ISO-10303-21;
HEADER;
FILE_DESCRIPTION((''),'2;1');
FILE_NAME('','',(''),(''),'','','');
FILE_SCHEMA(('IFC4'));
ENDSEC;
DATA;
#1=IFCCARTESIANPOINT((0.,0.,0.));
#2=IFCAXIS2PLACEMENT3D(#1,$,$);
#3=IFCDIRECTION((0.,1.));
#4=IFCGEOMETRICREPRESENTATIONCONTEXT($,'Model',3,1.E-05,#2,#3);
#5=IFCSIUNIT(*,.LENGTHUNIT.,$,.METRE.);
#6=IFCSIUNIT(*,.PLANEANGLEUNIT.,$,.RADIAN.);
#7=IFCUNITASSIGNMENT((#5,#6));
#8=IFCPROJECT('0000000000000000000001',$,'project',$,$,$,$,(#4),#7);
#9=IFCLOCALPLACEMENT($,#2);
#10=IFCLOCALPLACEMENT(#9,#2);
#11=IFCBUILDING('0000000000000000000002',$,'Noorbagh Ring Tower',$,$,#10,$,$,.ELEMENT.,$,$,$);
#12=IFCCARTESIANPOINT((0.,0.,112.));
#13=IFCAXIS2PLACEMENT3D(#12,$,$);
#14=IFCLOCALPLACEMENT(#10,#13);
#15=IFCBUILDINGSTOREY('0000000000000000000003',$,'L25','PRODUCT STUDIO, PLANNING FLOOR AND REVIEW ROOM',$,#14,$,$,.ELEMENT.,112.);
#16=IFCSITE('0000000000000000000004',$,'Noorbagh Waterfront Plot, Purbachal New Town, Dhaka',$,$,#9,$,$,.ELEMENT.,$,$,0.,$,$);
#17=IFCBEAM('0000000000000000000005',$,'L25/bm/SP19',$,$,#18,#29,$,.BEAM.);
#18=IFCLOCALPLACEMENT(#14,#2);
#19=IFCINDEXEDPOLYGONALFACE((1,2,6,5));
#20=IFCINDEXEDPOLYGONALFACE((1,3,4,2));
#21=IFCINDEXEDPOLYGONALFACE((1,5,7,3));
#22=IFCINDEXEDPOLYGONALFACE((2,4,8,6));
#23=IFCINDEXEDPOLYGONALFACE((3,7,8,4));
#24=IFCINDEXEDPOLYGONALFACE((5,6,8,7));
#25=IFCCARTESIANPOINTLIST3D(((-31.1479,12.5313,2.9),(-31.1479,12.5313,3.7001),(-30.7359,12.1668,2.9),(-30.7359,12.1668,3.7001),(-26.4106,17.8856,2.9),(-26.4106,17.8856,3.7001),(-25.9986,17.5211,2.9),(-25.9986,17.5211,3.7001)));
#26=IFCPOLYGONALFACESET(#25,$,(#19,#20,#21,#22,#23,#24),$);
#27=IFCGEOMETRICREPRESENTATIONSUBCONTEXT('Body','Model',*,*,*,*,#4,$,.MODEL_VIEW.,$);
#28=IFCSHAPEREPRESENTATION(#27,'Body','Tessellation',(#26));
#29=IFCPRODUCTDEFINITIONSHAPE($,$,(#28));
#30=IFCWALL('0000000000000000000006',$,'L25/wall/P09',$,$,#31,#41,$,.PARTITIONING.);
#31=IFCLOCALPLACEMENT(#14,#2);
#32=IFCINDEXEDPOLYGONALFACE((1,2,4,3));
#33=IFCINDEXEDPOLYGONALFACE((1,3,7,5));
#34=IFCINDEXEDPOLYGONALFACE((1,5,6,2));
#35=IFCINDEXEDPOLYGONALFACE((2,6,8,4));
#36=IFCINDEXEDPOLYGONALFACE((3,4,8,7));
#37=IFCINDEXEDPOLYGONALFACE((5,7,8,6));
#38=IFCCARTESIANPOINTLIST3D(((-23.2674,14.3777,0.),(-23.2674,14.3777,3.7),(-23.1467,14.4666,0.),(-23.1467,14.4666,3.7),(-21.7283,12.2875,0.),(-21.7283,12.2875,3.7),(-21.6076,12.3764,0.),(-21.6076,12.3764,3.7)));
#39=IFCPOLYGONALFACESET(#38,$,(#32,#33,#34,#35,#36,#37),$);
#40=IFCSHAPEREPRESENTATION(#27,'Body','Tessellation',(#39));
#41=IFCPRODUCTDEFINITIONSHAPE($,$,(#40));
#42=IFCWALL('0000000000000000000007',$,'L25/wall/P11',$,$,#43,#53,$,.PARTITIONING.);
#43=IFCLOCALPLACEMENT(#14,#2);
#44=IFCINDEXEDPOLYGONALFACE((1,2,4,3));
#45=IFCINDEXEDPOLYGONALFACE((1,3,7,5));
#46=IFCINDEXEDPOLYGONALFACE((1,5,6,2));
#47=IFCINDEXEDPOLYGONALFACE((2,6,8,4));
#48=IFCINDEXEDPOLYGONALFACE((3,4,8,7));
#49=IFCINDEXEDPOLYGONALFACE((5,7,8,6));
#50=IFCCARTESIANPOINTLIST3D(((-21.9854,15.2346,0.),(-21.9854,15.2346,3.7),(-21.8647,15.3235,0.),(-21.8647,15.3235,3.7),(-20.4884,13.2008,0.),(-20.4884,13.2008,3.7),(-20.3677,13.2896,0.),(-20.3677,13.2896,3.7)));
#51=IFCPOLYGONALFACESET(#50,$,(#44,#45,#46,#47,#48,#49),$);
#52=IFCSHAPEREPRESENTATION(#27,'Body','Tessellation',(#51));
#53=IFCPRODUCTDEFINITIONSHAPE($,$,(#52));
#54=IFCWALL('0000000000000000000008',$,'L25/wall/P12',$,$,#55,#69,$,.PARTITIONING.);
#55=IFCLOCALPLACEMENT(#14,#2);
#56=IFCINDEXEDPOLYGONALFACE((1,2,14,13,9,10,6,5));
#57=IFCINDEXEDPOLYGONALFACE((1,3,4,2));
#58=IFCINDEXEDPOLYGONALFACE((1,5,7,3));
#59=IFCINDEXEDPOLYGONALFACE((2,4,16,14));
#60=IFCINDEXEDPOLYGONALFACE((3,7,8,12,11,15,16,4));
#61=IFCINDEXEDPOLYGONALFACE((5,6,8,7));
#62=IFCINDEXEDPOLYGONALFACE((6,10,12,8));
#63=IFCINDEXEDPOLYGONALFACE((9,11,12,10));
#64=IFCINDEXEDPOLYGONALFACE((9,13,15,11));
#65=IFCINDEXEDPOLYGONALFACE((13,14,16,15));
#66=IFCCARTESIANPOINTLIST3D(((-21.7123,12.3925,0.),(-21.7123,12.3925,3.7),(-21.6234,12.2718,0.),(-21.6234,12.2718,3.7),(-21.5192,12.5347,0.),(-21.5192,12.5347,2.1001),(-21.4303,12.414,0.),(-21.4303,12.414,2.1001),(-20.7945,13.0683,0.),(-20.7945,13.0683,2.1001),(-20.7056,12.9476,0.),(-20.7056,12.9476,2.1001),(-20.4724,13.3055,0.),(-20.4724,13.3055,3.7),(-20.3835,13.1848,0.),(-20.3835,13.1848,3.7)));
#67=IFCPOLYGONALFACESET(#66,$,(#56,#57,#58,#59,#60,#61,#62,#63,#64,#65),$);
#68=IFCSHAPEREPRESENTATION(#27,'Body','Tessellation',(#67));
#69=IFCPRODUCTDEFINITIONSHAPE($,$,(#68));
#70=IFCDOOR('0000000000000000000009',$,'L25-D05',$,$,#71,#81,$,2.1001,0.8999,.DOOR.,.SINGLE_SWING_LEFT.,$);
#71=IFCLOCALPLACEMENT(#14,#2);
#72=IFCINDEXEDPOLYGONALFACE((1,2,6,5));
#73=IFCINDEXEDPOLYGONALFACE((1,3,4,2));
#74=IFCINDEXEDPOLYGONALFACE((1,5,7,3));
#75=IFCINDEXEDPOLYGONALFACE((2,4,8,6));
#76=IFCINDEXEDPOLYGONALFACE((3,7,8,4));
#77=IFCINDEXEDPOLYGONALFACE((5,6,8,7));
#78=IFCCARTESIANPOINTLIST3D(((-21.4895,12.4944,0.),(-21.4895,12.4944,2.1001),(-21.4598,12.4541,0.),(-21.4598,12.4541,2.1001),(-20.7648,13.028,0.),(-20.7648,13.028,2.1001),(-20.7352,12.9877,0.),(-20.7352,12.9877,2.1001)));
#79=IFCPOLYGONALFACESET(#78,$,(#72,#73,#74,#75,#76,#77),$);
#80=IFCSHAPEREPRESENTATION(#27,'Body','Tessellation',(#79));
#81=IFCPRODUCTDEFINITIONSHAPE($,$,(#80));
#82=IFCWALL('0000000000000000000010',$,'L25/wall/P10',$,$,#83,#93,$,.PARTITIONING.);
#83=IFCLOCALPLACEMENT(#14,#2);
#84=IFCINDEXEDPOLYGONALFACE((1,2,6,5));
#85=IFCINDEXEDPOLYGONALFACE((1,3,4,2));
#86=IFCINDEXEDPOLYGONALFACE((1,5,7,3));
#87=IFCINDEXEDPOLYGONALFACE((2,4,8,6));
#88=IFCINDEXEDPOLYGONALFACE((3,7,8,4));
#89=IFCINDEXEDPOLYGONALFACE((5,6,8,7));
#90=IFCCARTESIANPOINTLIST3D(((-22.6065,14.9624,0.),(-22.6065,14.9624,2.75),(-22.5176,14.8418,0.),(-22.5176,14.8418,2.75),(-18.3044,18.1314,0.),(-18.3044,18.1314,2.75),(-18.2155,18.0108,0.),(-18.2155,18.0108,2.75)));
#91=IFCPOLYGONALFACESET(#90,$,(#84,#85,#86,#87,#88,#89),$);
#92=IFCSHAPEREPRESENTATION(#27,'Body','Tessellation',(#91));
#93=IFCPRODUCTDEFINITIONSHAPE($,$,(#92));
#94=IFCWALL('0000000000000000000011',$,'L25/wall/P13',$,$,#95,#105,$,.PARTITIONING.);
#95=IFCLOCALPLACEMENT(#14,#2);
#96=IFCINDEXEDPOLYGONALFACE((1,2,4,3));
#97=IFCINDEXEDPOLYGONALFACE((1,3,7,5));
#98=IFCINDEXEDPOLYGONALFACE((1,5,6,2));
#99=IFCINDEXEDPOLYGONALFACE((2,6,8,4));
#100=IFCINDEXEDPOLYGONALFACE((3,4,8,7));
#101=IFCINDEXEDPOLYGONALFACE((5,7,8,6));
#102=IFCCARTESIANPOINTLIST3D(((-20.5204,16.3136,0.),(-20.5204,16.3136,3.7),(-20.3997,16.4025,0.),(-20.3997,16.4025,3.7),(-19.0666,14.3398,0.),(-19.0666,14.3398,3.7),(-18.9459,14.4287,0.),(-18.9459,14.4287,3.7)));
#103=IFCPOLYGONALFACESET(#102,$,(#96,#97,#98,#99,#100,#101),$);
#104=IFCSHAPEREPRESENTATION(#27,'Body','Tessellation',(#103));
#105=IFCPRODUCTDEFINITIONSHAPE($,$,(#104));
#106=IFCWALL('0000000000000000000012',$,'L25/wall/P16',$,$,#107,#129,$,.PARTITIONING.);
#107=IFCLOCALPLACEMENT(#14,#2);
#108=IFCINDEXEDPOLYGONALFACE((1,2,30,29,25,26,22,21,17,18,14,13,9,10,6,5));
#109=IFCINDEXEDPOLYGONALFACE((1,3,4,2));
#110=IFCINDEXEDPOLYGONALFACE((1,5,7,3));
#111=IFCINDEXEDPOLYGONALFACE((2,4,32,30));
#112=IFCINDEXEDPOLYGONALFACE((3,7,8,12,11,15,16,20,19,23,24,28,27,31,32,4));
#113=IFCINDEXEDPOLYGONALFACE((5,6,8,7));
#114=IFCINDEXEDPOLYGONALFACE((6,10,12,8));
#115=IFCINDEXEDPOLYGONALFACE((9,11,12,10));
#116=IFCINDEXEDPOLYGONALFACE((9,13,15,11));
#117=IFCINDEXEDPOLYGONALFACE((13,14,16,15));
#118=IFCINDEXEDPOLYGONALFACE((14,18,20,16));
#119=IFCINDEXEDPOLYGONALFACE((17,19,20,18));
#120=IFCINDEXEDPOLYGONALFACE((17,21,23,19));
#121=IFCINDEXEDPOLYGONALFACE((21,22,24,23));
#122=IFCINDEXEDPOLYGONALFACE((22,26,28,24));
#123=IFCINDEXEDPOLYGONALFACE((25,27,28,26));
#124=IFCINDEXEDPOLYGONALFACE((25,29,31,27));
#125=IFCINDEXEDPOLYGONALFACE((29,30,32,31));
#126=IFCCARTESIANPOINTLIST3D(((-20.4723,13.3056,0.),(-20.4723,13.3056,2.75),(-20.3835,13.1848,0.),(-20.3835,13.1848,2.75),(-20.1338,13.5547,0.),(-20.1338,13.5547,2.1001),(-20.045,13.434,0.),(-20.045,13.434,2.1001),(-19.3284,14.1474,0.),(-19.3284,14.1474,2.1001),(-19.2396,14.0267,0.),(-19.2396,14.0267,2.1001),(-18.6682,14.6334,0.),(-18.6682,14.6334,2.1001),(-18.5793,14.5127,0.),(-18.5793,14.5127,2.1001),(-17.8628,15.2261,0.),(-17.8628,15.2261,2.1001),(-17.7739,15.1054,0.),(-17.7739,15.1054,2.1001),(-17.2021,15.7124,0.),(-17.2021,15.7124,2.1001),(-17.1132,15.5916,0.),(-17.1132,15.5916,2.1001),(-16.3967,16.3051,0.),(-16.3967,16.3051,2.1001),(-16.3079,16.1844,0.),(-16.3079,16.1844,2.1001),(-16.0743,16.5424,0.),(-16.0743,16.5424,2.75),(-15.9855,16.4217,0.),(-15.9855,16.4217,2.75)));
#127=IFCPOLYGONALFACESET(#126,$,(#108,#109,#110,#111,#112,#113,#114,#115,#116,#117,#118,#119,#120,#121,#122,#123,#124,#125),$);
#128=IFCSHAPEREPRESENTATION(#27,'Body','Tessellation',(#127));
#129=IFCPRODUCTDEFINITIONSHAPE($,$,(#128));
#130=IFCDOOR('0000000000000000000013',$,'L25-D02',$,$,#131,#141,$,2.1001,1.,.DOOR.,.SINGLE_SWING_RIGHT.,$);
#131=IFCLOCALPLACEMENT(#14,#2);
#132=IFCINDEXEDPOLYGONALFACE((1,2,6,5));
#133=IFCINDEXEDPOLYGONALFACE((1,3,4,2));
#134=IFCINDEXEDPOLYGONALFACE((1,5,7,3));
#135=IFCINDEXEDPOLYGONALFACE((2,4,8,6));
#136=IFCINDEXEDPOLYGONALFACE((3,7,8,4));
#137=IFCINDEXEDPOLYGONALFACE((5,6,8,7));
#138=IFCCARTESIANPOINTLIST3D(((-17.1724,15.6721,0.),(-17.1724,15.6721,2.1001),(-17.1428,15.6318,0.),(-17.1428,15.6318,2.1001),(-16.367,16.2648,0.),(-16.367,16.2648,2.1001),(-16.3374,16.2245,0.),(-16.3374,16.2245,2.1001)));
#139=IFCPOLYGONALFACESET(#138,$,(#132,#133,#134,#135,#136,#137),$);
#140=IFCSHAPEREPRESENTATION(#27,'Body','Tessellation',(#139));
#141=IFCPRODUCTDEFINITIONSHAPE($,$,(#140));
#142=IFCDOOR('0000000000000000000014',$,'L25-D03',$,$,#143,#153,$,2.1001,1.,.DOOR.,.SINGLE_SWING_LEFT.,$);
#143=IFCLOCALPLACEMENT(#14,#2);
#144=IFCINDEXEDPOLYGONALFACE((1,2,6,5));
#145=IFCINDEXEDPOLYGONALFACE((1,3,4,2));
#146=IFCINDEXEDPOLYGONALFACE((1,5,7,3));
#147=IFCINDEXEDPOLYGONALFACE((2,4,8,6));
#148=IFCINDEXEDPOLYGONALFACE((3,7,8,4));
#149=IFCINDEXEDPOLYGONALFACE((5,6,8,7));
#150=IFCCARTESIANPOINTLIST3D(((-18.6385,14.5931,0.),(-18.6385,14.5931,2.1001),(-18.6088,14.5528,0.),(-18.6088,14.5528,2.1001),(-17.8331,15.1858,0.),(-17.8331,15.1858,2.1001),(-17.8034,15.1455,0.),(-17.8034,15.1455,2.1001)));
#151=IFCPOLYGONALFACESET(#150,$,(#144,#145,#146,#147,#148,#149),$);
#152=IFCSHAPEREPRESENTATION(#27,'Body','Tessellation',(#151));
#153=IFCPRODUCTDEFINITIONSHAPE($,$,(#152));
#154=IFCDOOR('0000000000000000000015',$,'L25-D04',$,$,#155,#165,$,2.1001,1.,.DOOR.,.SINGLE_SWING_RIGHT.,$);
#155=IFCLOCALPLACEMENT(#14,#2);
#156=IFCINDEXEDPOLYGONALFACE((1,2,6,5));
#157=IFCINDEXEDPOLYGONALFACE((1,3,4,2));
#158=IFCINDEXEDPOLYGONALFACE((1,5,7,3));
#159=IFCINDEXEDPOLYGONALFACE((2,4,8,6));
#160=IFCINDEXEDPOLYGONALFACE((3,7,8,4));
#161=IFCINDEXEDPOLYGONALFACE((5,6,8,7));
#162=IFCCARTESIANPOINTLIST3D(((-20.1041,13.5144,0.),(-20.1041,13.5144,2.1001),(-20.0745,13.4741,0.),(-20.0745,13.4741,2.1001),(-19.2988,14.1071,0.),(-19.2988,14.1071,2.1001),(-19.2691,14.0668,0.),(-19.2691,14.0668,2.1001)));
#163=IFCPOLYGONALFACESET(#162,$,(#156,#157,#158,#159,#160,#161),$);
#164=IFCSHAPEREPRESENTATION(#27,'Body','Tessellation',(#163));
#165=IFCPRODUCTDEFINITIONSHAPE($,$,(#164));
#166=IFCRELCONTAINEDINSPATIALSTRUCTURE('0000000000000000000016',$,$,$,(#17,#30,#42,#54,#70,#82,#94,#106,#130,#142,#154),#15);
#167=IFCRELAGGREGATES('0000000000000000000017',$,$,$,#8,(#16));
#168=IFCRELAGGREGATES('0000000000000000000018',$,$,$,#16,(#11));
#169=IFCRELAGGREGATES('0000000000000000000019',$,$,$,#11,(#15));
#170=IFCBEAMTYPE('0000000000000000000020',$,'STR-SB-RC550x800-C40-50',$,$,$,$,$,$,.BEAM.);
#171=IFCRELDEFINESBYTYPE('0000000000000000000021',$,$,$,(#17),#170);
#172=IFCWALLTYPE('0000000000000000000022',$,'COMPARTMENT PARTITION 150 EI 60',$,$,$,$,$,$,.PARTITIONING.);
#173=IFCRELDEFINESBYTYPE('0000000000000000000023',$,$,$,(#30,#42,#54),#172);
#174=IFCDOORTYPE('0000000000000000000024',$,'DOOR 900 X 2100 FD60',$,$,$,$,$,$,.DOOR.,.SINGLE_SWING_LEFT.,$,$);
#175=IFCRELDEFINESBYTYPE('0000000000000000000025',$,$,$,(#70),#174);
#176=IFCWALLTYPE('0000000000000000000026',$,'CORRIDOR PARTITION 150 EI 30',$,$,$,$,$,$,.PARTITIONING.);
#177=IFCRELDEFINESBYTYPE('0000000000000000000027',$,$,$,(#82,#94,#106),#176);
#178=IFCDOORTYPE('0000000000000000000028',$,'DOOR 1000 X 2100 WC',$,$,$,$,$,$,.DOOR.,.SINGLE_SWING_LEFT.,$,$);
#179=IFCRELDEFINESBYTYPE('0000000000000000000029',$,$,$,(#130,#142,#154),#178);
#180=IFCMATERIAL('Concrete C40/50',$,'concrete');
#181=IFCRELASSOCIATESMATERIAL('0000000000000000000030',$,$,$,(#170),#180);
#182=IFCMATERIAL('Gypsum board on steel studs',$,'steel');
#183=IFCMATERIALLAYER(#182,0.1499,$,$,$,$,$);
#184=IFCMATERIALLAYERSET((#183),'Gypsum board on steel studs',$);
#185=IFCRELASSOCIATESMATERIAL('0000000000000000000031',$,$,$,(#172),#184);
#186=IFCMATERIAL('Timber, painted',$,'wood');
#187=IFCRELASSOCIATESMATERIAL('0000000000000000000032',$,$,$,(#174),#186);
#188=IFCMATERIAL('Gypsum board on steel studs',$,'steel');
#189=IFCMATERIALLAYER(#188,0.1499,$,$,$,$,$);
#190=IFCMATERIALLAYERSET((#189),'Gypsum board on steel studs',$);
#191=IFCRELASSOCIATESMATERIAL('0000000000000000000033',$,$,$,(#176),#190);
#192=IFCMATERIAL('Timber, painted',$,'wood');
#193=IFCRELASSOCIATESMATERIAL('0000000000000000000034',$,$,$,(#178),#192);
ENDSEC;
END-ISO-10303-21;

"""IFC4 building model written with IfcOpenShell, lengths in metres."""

from ifc_helpers import new_model, si_unit, direction, frame, frame_2d, origin, origin_2d, place, context, subcontext, project, spatial, rectangle, extrude, material, layer, layer_set, material_profile, profile_set, type_object, element, fill, save


model = new_model("IFC4")

# Units and contexts
model_context = context("Model", 3, precision=1e-05, world=origin(), true_north=direction((0.0, 1.0)))
body_context = subcontext(model_context, "Body", "Model", "MODEL_VIEW")
ifc_project = project(units=[si_unit("LENGTHUNIT", "METRE"), si_unit("PLANEANGLEUNIT", "RADIAN")], contexts=[model_context])

# Site, building, storey
site_placement = place(None, origin())
site = spatial("IfcSite", under=ifc_project, at=site_placement, Name="Noorbagh Waterfront Plot, Purbachal New Town, Dhaka", CompositionType="ELEMENT", RefElevation=0.0)
building_placement = place(site_placement, origin())
building = spatial("IfcBuilding", under=site, at=building_placement, Name="Noorbagh Ring Tower", CompositionType="ELEMENT")
storey_placement = place(building_placement, frame((0.0, 0.0, 112.0)))
storey = spatial("IfcBuildingStorey", under=building, at=storey_placement, Name="L25", Description="PRODUCT STUDIO, PLANNING FLOOR AND REVIEW ROOM", CompositionType="ELEMENT", Elevation=112.0)

# Beam
ifc_material_1 = material(Name="Concrete C40/50", Category="concrete")
ifc_material_profile_1 = material_profile(ifc_material_1, rectangle(XDim=0.55, YDim=0.8, at=origin_2d()), Name="RC550x800")
ifc_profile_set_1 = profile_set([ifc_material_profile_1], Name="Concrete C40/50")
beam_type_1 = type_object("IfcBeamType", Name="STR-SB-RC550x800-C40-50", PredefinedType="BEAM", material=ifc_profile_set_1)
beam_1_placement = place(storey_placement, frame((-26.2046, 17.7034, 3.3), z_axis=(-0.662641, -0.748937, 0.0), x_axis=(0.748937, -0.662641, 0.0)))
element("IfcBeam", 1, at=beam_1_placement, inside=storey, type_object=beam_type_1, Name="L25/bm/SP19", PredefinedType="BEAM", context=body_context, shape_type="SweptSolid", body=[
    extrude(rectangle(XDim=0.55, YDim=0.8, at=origin_2d()), origin(), (0.0, 0.0, 1.0), 7.1492),
])

# Walls
ifc_material_2 = material(Name="Gypsum board on steel studs", Category="steel")
ifc_layer_1 = layer(ifc_material_2, 0.1499)
ifc_layer_set_1 = layer_set([ifc_layer_1], Name="Gypsum board on steel studs")
wall_type_1 = type_object("IfcWallType", Name="COMPARTMENT PARTITION 150 EI 60", PredefinedType="PARTITIONING", material=ifc_layer_set_1)
wall_1_placement = place(storey_placement, frame((-23.207, 14.4221, 0.0), z_axis=(0.0, 0.0, 1.0), x_axis=(0.592949, -0.80524, 0.0)))
element("IfcWall", 2, at=wall_1_placement, inside=storey, type_object=wall_type_1, Name="L25/wall/P09", PredefinedType="PARTITIONING", context=body_context, shape_type="SweptSolid", body=[
    extrude(rectangle(XDim=2.5957, YDim=0.1499, at=frame_2d((1.2979, 0.0))), origin(), (0.0, 0.0, 1.0), 3.7),
])
wall_2_placement = place(storey_placement, frame((-21.925, 15.2791, 0.0), z_axis=(0.0, 0.0, 1.0), x_axis=(0.592783, -0.805362, 0.0)))
element("IfcWall", 3, at=wall_2_placement, inside=storey, type_object=wall_type_1, Name="L25/wall/P11", PredefinedType="PARTITIONING", context=body_context, shape_type="SweptSolid", body=[
    extrude(rectangle(XDim=2.5254, YDim=0.1499, at=frame_2d((1.2627, 0.0))), origin(), (0.0, 0.0, 1.0), 3.7),
])

# Wall, opening, door
wall_3_placement = place(storey_placement, frame((-21.668, 12.332, 0.0), z_axis=(0.0, 0.0, 1.0), x_axis=(0.805239, 0.59295, 0.0)))
wall_3 = element("IfcWall", 4, at=wall_3_placement, inside=storey, type_object=wall_type_1, Name="L25/wall/P12", PredefinedType="PARTITIONING", context=body_context, shape_type="SweptSolid", body=[
    extrude(rectangle(XDim=1.5398, YDim=0.1499, at=frame_2d((0.77, 0.0))), origin(), (0.0, 0.0, 1.0), 3.7),
])
opening_1_placement = place(wall_3_placement, frame((0.24, 0.0, 0.0)))
opening_1 = element("IfcOpeningElement", 5, at=opening_1_placement, cuts=wall_3, PredefinedType="OPENING", context=body_context, shape_type="SweptSolid", body=[
    extrude(rectangle(XDim=0.8999, YDim=2.1001, at=frame_2d((0.45, 1.05))), frame((0.0, 0.085, 0.0), z_axis=(0.0, -1.0, 0.0), x_axis=(1.0, 0.0, 0.0)), (0.0, 0.0, 1.0), 0.1699),
])
ifc_material_3 = material(Name="Timber, painted", Category="wood")
door_type_1 = type_object("IfcDoorType", Name="DOOR 900 X 2100 FD60", OperationType="SINGLE_SWING_LEFT", PredefinedType="DOOR", material=ifc_material_3)
door_1_placement = place(opening_1_placement, origin())
door_1 = element("IfcDoor", 6, at=door_1_placement, inside=storey, type_object=door_type_1, Name="L25-D05", OperationType="SINGLE_SWING_LEFT", OverallHeight=2.1001, OverallWidth=0.8999, PredefinedType="DOOR", context=body_context, shape_type="SweptSolid", body=[
    extrude(rectangle(XDim=0.8999, YDim=2.1001, at=frame_2d((0.45, 1.05))), frame((0.0, 0.0249, 0.0), z_axis=(0.0, -1.0, 0.0), x_axis=(1.0, 0.0, 0.0)), (0.0, 0.0, 1.0), 0.05),
])
fill(opening_1, door_1)

# Walls
ifc_material_4 = material(Name="Gypsum board on steel studs", Category="steel")
ifc_layer_2 = layer(ifc_material_4, 0.1499)
ifc_layer_set_2 = layer_set([ifc_layer_2], Name="Gypsum board on steel studs")
wall_type_2 = type_object("IfcWallType", Name="CORRIDOR PARTITION 150 EI 30", PredefinedType="PARTITIONING", material=ifc_layer_set_2)
wall_4_placement = place(storey_placement, frame((-22.562, 14.9021, 0.0), z_axis=(0.0, 0.0, 1.0), x_axis=(0.805141, 0.593084, 0.0)))
element("IfcWall", 7, at=wall_4_placement, inside=storey, type_object=wall_type_2, Name="L25/wall/P10", PredefinedType="PARTITIONING", context=body_context, shape_type="SweptSolid", body=[
    extrude(rectangle(XDim=5.3433, YDim=0.1499, at=frame_2d((2.6716, 0.0))), origin(), (0.0, 0.0, 1.0), 2.75),
])
wall_5_placement = place(storey_placement, frame((-20.46, 16.3579, 0.0), z_axis=(0.0, 0.0, 1.0), x_axis=(0.593046, -0.805168, 0.0)))
element("IfcWall", 8, at=wall_5_placement, inside=storey, type_object=wall_type_2, Name="L25/wall/P13", PredefinedType="PARTITIONING", context=body_context, shape_type="SweptSolid", body=[
    extrude(rectangle(XDim=2.4514, YDim=0.1499, at=frame_2d((1.2256, 0.0))), origin(), (0.0, 0.0, 1.0), 3.7),
])

# Wall, openings, doors
wall_6_placement = place(storey_placement, frame((-20.428, 13.2451, 0.0), z_axis=(0.0, 0.0, 1.0), x_axis=(0.805386, 0.592751, 0.0)))
wall_6 = element("IfcWall", 9, at=wall_6_placement, inside=storey, type_object=wall_type_2, Name="L25/wall/P16", PredefinedType="PARTITIONING", context=body_context, shape_type="SweptSolid", body=[
    extrude(rectangle(XDim=5.4607, YDim=0.1499, at=frame_2d((2.7305, 0.0))), origin(), (0.0, 0.0, 1.0), 2.75),
])
opening_2_placement = place(wall_6_placement, frame((4.0605, 0.0, 0.0)))
opening_2 = element("IfcOpeningElement", 10, at=opening_2_placement, cuts=wall_6, PredefinedType="OPENING", context=body_context, shape_type="SweptSolid", body=[
    extrude(rectangle(XDim=1.0, YDim=2.1001, at=frame_2d((0.5, 1.05))), frame((0.0, 0.085, 0.0), z_axis=(0.0, -1.0, 0.0), x_axis=(1.0, 0.0, 0.0)), (0.0, 0.0, 1.0), 0.1699),
])
opening_3_placement = place(wall_6_placement, frame((2.2402, 0.0, 0.0)))
opening_3 = element("IfcOpeningElement", 11, at=opening_3_placement, cuts=wall_6, PredefinedType="OPENING", context=body_context, shape_type="SweptSolid", body=[
    extrude(rectangle(XDim=1.0, YDim=2.1001, at=frame_2d((0.5, 1.05))), frame((0.0, 0.085, 0.0), z_axis=(0.0, -1.0, 0.0), x_axis=(1.0, 0.0, 0.0)), (0.0, 0.0, 1.0), 0.1699),
])
opening_4_placement = place(wall_6_placement, frame((0.4204, 0.0, 0.0)))
opening_4 = element("IfcOpeningElement", 12, at=opening_4_placement, cuts=wall_6, PredefinedType="OPENING", context=body_context, shape_type="SweptSolid", body=[
    extrude(rectangle(XDim=1.0, YDim=2.1001, at=frame_2d((0.5, 1.05))), frame((0.0, 0.085, 0.0), z_axis=(0.0, -1.0, 0.0), x_axis=(1.0, 0.0, 0.0)), (0.0, 0.0, 1.0), 0.1699),
])
ifc_material_5 = material(Name="Timber, painted", Category="wood")
door_type_2 = type_object("IfcDoorType", Name="DOOR 1000 X 2100 WC", OperationType="SINGLE_SWING_LEFT", PredefinedType="DOOR", material=ifc_material_5)
door_2_placement = place(opening_2_placement, origin())
door_2 = element("IfcDoor", 13, at=door_2_placement, inside=storey, type_object=door_type_2, Name="L25-D02", OperationType="SINGLE_SWING_RIGHT", OverallHeight=2.1001, OverallWidth=1.0, PredefinedType="DOOR", context=body_context, shape_type="SweptSolid", body=[
    extrude(rectangle(XDim=1.0, YDim=2.1001, at=frame_2d((0.5, 1.05))), frame((0.0, 0.0249, 0.0), z_axis=(0.0, -1.0, 0.0), x_axis=(1.0, 0.0, 0.0)), (0.0, 0.0, 1.0), 0.05),
])
fill(opening_2, door_2)
door_3_placement = place(opening_3_placement, origin())
door_3 = element("IfcDoor", 14, at=door_3_placement, inside=storey, type_object=door_type_2, Name="L25-D03", OperationType="SINGLE_SWING_LEFT", OverallHeight=2.1001, OverallWidth=1.0, PredefinedType="DOOR", context=body_context, shape_type="SweptSolid", body=[
    extrude(rectangle(XDim=1.0, YDim=2.1001, at=frame_2d((0.5, 1.05))), frame((0.0, 0.0249, 0.0), z_axis=(0.0, -1.0, 0.0), x_axis=(1.0, 0.0, 0.0)), (0.0, 0.0, 1.0), 0.05),
])
fill(opening_3, door_3)
door_4_placement = place(opening_4_placement, origin())
door_4 = element("IfcDoor", 15, at=door_4_placement, inside=storey, type_object=door_type_2, Name="L25-D04", OperationType="SINGLE_SWING_RIGHT", OverallHeight=2.1001, OverallWidth=1.0, PredefinedType="DOOR", context=body_context, shape_type="SweptSolid", body=[
    extrude(rectangle(XDim=1.0, YDim=2.1001, at=frame_2d((0.5, 1.05))), frame((0.0, 0.0249, 0.0), z_axis=(0.0, -1.0, 0.0), x_axis=(1.0, 0.0, 0.0)), (0.0, 0.0, 1.0), 0.05),
])
fill(opening_4, door_4)

save(model, "model.ifc")
